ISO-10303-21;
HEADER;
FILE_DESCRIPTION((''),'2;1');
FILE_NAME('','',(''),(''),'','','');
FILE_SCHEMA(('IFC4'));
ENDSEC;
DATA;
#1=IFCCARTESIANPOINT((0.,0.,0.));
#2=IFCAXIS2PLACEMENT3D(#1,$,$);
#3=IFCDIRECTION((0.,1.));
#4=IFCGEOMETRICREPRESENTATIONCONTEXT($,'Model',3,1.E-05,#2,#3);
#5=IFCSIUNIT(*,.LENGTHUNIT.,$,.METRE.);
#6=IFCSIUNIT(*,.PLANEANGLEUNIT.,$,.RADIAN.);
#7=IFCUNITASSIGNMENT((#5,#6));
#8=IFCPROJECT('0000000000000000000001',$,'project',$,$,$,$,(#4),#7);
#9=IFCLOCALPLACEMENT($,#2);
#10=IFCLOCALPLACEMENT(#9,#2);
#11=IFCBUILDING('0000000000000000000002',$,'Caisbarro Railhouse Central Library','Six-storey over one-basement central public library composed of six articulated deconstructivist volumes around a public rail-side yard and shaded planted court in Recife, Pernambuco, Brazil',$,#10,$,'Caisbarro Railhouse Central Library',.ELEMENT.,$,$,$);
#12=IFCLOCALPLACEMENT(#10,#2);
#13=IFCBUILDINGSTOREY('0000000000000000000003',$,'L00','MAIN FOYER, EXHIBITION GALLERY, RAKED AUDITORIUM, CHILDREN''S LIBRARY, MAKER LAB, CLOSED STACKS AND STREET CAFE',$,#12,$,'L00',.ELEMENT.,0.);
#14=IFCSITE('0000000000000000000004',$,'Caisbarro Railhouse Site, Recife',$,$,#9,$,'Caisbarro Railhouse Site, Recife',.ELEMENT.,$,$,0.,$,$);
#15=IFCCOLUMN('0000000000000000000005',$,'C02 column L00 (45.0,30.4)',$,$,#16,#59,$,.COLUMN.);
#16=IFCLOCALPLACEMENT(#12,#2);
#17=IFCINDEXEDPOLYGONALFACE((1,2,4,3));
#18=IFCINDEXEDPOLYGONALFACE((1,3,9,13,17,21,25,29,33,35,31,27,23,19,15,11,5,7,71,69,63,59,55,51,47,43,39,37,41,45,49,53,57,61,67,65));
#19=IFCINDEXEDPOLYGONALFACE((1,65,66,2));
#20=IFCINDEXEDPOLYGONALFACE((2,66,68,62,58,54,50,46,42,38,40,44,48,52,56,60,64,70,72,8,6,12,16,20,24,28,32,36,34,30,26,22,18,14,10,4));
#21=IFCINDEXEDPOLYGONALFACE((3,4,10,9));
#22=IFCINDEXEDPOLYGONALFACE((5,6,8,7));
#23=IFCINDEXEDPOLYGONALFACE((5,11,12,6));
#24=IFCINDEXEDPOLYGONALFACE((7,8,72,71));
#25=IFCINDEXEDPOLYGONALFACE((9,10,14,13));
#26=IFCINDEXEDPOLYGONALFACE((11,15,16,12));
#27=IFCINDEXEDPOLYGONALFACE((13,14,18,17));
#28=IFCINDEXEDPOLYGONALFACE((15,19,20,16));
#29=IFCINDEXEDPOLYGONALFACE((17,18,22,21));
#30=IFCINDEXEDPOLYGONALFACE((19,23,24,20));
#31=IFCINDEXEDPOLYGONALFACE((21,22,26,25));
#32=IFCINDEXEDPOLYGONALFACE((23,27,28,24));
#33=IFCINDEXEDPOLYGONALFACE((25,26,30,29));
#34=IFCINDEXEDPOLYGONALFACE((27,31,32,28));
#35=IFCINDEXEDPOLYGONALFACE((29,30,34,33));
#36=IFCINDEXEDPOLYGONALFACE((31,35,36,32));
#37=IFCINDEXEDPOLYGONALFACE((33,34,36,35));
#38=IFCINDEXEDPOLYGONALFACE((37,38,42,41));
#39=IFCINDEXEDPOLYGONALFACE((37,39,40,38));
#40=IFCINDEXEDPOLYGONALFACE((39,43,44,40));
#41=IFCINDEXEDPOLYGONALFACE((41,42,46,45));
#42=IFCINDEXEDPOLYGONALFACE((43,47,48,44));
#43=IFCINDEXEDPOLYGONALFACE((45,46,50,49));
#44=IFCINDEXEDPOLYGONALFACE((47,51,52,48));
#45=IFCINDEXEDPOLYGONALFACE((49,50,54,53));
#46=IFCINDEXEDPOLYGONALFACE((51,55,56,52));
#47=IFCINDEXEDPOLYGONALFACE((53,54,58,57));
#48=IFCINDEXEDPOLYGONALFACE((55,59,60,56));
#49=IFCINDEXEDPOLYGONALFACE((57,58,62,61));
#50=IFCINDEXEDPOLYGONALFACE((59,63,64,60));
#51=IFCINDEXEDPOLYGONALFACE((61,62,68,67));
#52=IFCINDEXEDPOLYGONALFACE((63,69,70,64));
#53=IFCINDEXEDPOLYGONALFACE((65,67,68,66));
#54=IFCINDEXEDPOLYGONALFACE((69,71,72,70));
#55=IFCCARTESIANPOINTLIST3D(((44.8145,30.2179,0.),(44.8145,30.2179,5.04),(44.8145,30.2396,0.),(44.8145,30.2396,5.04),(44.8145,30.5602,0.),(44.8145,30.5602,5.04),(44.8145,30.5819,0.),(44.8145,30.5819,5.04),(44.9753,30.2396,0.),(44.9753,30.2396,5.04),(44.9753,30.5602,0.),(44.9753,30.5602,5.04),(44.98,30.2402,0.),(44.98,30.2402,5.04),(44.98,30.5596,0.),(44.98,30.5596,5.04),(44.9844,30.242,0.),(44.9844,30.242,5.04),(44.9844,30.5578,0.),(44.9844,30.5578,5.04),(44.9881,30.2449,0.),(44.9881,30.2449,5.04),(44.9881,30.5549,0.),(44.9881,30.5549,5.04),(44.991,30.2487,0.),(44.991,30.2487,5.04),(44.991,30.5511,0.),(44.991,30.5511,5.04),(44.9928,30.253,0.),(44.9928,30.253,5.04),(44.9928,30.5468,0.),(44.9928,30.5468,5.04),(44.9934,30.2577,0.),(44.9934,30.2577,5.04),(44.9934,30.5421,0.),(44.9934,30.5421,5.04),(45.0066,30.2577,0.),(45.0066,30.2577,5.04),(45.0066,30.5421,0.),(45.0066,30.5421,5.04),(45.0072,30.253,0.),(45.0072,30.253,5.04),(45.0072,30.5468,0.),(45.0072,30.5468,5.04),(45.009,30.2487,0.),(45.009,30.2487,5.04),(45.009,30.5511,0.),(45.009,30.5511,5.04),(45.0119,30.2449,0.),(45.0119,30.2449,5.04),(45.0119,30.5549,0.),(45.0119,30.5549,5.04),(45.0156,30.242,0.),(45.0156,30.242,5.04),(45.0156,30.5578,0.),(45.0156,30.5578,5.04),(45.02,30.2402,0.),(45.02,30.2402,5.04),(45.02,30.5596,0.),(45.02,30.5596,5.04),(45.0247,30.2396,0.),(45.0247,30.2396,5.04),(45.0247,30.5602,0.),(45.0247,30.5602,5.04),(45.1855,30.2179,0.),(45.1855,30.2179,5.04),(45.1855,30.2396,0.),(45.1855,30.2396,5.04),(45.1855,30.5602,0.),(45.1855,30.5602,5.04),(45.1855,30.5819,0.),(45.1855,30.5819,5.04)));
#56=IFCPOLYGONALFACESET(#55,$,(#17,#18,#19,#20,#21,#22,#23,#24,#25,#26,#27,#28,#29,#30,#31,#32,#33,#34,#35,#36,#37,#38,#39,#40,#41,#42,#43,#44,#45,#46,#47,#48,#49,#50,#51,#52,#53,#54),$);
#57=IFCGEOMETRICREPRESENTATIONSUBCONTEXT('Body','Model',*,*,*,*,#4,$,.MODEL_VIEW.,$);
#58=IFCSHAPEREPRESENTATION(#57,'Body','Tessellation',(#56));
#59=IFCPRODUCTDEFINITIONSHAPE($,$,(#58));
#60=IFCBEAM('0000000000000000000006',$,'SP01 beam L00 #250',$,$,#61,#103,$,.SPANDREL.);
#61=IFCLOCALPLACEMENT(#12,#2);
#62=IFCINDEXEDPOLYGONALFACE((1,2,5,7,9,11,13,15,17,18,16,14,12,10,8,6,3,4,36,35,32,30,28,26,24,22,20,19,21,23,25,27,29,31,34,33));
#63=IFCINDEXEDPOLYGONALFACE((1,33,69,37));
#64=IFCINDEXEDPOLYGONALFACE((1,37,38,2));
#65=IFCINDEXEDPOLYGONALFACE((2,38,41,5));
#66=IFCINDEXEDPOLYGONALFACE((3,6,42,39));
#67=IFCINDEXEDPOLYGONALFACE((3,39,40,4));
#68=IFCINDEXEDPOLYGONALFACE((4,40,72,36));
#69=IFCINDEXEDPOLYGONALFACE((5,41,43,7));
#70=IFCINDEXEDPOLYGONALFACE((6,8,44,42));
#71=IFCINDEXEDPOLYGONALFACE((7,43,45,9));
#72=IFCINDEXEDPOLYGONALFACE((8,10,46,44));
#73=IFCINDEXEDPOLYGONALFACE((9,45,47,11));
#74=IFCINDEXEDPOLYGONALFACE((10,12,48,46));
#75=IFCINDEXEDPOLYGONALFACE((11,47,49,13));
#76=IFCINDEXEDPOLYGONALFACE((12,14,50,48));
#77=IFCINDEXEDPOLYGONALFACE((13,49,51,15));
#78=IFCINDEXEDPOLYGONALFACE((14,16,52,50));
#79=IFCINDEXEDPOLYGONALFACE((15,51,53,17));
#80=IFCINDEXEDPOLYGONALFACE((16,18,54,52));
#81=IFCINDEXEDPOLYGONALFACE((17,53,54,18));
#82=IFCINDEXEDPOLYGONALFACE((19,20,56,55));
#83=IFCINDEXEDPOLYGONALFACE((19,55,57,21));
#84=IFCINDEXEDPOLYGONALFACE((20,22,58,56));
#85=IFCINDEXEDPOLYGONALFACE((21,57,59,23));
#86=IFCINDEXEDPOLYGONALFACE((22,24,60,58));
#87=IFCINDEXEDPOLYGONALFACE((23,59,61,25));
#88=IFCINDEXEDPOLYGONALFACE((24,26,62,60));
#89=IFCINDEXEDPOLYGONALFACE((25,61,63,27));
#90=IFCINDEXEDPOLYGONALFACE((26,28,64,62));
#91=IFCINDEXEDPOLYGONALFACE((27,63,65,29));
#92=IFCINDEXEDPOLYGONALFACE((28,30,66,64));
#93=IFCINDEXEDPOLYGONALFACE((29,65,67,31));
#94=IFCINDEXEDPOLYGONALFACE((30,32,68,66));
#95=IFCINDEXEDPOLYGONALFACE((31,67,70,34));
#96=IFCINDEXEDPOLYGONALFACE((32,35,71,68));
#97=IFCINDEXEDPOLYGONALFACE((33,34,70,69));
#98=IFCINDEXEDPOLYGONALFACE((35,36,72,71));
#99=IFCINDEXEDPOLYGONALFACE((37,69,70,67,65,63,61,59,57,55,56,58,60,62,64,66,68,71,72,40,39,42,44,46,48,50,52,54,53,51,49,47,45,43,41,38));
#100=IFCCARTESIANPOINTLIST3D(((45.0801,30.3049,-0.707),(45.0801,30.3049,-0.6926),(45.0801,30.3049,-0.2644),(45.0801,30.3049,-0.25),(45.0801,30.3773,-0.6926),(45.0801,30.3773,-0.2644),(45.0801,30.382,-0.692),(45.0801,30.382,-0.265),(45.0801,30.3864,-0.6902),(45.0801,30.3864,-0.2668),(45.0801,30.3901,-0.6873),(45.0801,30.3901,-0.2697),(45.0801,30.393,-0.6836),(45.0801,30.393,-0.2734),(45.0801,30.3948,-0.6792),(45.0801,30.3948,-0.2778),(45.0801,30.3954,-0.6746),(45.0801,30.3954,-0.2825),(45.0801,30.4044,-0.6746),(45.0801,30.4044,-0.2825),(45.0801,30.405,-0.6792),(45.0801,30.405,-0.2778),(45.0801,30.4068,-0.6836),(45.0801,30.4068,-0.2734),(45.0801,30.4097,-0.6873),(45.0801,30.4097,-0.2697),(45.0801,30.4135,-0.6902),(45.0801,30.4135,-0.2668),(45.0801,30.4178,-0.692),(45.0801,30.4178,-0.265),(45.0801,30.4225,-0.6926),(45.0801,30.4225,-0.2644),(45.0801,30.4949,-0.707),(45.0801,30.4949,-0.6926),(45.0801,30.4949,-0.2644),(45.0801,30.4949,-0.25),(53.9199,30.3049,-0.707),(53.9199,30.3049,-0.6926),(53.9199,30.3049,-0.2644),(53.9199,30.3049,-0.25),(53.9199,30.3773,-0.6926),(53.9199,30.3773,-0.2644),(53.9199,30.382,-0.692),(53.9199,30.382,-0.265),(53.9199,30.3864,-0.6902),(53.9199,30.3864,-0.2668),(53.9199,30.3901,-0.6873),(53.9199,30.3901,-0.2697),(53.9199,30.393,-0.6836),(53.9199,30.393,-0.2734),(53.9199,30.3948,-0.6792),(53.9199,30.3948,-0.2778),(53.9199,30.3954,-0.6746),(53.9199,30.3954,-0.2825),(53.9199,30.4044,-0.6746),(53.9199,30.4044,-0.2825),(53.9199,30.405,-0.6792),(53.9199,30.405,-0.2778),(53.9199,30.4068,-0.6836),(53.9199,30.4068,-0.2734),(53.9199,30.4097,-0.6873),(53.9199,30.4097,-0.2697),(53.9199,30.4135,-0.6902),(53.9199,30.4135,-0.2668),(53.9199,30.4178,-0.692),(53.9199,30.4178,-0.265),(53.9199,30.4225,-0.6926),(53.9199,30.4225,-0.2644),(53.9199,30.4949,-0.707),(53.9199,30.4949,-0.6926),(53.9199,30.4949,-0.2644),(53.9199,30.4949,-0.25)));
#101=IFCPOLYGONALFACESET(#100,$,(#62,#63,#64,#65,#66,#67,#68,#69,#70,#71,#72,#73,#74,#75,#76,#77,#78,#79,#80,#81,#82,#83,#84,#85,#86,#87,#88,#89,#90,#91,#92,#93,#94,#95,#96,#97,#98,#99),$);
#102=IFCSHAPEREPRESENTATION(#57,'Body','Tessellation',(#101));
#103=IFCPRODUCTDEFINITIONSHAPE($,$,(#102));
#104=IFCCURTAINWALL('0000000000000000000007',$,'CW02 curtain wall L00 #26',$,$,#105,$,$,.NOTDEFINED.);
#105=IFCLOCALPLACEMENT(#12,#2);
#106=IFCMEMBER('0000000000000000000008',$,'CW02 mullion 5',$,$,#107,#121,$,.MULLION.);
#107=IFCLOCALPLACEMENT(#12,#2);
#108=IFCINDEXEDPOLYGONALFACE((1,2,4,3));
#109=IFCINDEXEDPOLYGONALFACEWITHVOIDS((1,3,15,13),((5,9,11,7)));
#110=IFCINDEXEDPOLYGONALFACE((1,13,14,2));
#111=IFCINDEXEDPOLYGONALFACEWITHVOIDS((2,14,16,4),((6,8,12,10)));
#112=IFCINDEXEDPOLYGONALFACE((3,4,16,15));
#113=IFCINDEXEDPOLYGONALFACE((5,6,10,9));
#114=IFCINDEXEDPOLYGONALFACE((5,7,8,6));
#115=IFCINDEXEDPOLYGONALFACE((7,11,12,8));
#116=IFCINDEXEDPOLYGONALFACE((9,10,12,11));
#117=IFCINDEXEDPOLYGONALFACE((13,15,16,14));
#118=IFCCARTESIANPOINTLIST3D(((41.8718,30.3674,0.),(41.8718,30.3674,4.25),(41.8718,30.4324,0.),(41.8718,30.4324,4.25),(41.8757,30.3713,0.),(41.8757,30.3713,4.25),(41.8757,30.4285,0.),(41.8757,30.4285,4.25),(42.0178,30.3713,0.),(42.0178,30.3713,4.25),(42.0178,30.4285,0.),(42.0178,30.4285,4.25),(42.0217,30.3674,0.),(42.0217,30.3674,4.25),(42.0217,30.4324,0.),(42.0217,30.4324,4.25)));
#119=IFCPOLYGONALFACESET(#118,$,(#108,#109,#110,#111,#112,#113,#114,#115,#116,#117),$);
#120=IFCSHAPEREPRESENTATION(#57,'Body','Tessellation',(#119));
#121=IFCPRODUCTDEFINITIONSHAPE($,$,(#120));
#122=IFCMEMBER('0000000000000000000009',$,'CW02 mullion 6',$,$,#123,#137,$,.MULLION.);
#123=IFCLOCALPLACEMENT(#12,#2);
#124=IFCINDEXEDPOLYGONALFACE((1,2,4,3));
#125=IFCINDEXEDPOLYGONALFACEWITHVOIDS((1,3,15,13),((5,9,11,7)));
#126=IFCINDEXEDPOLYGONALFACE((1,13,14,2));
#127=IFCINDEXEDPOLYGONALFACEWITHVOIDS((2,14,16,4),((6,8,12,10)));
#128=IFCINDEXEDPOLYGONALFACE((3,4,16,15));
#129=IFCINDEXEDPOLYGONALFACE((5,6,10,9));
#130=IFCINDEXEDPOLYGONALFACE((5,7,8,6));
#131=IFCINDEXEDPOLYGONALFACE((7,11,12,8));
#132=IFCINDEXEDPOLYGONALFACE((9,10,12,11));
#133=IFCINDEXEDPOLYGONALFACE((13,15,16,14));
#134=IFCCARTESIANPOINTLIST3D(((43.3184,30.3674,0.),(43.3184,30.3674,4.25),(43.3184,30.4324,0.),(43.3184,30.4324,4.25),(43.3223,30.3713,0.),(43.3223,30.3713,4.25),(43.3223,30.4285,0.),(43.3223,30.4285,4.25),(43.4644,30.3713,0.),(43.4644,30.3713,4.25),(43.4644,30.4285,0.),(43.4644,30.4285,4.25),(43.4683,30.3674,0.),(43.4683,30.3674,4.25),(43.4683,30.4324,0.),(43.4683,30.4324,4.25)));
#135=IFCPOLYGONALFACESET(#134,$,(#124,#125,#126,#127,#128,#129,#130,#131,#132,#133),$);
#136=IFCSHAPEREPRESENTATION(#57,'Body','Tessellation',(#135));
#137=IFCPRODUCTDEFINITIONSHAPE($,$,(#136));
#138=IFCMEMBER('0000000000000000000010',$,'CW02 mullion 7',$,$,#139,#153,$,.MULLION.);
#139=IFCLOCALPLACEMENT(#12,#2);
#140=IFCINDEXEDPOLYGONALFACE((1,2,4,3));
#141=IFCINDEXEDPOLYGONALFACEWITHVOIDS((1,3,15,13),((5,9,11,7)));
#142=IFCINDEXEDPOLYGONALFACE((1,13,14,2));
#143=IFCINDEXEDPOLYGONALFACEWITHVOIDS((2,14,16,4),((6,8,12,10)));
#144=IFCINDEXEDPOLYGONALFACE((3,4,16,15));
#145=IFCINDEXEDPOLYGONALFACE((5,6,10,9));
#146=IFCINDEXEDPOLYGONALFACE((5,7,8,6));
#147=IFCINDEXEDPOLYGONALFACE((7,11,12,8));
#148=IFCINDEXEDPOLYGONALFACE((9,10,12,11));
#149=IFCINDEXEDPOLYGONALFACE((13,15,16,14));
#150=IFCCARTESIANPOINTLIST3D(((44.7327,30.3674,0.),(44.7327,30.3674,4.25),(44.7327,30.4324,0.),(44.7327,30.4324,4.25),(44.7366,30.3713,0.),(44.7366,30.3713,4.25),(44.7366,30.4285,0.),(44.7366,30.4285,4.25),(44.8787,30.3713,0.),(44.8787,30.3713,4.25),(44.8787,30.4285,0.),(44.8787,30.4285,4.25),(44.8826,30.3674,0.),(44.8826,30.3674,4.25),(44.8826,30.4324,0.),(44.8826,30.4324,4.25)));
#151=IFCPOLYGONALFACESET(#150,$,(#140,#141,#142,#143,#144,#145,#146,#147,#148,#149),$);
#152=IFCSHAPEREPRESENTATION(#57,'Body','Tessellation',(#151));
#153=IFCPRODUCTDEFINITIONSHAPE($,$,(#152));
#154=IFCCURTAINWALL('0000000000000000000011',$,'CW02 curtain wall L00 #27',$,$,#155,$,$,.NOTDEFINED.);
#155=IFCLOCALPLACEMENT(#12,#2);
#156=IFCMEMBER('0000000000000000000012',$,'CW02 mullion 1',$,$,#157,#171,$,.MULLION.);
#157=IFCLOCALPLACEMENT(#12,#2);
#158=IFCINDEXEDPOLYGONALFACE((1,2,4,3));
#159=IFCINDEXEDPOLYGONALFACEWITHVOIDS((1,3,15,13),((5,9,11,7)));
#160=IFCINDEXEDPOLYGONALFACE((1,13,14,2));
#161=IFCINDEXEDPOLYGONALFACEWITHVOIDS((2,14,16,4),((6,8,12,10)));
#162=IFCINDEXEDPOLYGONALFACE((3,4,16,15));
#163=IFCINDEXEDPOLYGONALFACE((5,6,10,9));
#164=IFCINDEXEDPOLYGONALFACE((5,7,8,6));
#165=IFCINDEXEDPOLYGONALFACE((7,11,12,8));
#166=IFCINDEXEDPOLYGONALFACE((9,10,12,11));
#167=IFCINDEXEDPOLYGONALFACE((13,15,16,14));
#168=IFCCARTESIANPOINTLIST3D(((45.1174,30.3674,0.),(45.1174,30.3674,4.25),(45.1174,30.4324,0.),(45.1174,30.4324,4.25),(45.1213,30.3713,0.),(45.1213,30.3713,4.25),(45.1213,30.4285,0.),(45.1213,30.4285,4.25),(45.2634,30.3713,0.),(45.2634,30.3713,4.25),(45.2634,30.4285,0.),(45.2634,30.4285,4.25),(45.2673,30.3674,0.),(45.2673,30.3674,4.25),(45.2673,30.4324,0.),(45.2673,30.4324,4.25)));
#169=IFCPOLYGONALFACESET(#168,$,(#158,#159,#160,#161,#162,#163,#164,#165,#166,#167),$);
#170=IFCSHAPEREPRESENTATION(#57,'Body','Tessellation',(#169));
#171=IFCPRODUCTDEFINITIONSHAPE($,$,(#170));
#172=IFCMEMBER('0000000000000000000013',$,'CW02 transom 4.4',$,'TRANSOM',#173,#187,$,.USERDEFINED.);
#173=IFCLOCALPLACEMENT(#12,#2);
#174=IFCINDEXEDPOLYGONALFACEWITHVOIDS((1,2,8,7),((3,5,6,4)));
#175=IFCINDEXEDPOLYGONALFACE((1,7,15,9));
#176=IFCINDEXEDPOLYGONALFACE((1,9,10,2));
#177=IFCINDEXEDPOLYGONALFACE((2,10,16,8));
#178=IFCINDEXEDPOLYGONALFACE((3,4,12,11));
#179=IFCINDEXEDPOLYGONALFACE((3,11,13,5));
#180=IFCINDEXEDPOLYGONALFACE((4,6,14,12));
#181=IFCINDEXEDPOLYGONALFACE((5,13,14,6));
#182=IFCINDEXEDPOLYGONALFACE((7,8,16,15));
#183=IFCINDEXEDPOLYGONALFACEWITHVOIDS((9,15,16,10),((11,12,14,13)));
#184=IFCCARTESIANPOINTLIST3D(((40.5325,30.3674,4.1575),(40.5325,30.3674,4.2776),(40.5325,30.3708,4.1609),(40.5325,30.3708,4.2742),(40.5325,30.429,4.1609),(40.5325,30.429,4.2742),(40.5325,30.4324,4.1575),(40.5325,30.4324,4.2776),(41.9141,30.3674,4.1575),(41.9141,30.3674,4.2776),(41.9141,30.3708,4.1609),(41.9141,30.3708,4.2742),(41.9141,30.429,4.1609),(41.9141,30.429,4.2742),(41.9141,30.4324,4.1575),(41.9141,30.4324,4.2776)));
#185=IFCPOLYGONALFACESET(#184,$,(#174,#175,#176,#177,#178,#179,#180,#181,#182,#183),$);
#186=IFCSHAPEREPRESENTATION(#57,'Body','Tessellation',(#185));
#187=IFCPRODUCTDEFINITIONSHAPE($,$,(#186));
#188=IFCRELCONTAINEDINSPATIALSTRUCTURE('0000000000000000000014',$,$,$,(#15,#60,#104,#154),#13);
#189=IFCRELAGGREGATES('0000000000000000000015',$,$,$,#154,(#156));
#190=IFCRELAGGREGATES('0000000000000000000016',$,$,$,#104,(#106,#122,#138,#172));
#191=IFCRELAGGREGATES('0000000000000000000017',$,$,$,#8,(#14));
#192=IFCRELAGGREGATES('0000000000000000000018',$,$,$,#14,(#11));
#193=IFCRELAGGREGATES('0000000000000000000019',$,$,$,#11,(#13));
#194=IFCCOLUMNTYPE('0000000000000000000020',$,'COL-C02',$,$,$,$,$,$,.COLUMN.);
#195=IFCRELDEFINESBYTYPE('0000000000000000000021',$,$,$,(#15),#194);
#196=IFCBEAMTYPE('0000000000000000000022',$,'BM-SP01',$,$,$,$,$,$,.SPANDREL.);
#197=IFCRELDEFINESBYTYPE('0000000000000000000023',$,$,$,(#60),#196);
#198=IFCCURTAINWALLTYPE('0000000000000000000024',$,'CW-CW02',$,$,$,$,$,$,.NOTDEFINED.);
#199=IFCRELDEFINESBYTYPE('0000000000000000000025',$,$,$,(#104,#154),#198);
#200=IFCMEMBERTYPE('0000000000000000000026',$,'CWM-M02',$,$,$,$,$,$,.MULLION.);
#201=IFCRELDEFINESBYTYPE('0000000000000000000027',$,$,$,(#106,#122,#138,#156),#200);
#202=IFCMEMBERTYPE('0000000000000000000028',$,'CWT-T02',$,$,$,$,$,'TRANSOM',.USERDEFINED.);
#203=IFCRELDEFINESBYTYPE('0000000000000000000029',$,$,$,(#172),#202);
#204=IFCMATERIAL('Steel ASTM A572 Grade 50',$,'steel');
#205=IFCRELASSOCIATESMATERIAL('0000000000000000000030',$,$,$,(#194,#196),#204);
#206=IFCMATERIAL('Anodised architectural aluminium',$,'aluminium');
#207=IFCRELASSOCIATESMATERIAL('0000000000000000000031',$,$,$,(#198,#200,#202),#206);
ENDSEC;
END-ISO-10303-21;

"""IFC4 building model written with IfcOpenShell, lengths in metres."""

from ifc_helpers import new_model, si_unit, direction, frame, origin, origin_2d, place, context, subcontext, project, spatial, hollow_rectangle, i_section, extrude, material, material_profile, profile_set, type_object, element, aggregate, save


model = new_model("IFC4")

# Units and contexts
model_context = context("Model", 3, precision=1e-05, world=origin(), true_north=direction((0.0, 1.0)))
body_context = subcontext(model_context, "Body", "Model", "MODEL_VIEW")
ifc_project = project(units=[si_unit("LENGTHUNIT", "METRE"), si_unit("PLANEANGLEUNIT", "RADIAN")], contexts=[model_context])

# Site, building, storey
site_placement = place(None, origin())
site = spatial("IfcSite", under=ifc_project, at=site_placement, Name="Caisbarro Railhouse Site, Recife", LongName="Caisbarro Railhouse Site, Recife", CompositionType="ELEMENT", RefElevation=0.0)
building_placement = place(site_placement, origin())
building = spatial("IfcBuilding", under=site, at=building_placement, Name="Caisbarro Railhouse Central Library", Description="Six-storey over one-basement central public library composed of six articulated deconstructivist volumes around a public rail-side yard and shaded planted court in Recife, Pernambuco, Brazil", LongName="Caisbarro Railhouse Central Library", CompositionType="ELEMENT")
storey_placement = place(building_placement, origin())
storey = spatial("IfcBuildingStorey", under=building, at=storey_placement, Name="L00", Description="MAIN FOYER, EXHIBITION GALLERY, RAKED AUDITORIUM, CHILDREN'S LIBRARY, MAKER LAB, CLOSED STACKS AND STREET CAFE", LongName="L00", CompositionType="ELEMENT", Elevation=0.0)

# Column
ifc_material_1 = material(Name="Steel ASTM A572 Grade 50", Category="steel")
ifc_material_profile_1 = material_profile(ifc_material_1, i_section(OverallWidth=0.3711, OverallDepth=0.364, WebThickness=0.0132, FlangeThickness=0.0217, FilletRadius=0.0181, at=origin_2d()), Name="W360X162.0")
ifc_profile_set_1 = profile_set([ifc_material_profile_1], Name="Steel ASTM A572 Grade 50")
column_type = type_object("IfcColumnType", Name="COL-C02", PredefinedType="COLUMN", material=ifc_profile_set_1)
column_placement = place(storey_placement, frame((45.0, 30.3999, 0.0), z_axis=(0.0, 0.0, 1.0), x_axis=(1.0, 0.0, 0.0)))
element("IfcColumn", 1, at=column_placement, inside=storey, type_object=column_type, Name="C02 column L00 (45.0,30.4)", PredefinedType="COLUMN", context=body_context, shape_type="SweptSolid", body=[
    extrude(i_section(OverallWidth=0.3711, OverallDepth=0.364, WebThickness=0.0132, FlangeThickness=0.0217, FilletRadius=0.0181, at=origin_2d()), origin(), (0.0, 0.0, 1.0), 5.04),
])

# Beam
ifc_material_profile_2 = material_profile(ifc_material_1, i_section(OverallWidth=0.1899, OverallDepth=0.457, WebThickness=0.009, FlangeThickness=0.0144, FilletRadius=0.0181, at=origin_2d()), Name="W460X74.0")
ifc_profile_set_2 = profile_set([ifc_material_profile_2], Name="Steel ASTM A572 Grade 50")
beam_type = type_object("IfcBeamType", Name="BM-SP01", PredefinedType="SPANDREL", material=ifc_profile_set_2)
beam_placement = place(storey_placement, frame((45.0801, 30.3999, -0.4785), z_axis=(1.0, 0.0, 0.0), x_axis=(0.0, 1.0, 0.0)))
element("IfcBeam", 2, at=beam_placement, inside=storey, type_object=beam_type, Name="SP01 beam L00 #250", PredefinedType="SPANDREL", context=body_context, shape_type="SweptSolid", body=[
    extrude(i_section(OverallWidth=0.1899, OverallDepth=0.457, WebThickness=0.009, FlangeThickness=0.0144, FilletRadius=0.0181, at=origin_2d()), origin(), (0.0, 0.0, 1.0), 8.8398),
])

# Curtain wall, members
ifc_material_2 = material(Name="Anodised architectural aluminium", Category="aluminium")
curtain_wall_type = type_object("IfcCurtainWallType", Name="CW-CW02", PredefinedType="NOTDEFINED", material=ifc_material_2)
curtain_wall_1_placement = place(storey_placement, origin())
curtain_wall_1 = element("IfcCurtainWall", 3, at=curtain_wall_1_placement, inside=storey, type_object=curtain_wall_type, Name="CW02 curtain wall L00 #26", PredefinedType="NOTDEFINED")
ifc_material_profile_3 = material_profile(ifc_material_2, hollow_rectangle(XDim=0.0649, YDim=0.1499, WallThickness=0.0039, at=origin_2d()), Name="ALU-MUL-65X150")
ifc_profile_set_3 = profile_set([ifc_material_profile_3], Name="Anodised architectural aluminium")
member_type_1 = type_object("IfcMemberType", Name="CWM-M02", PredefinedType="MULLION", material=ifc_profile_set_3)
member_1_placement = place(storey_placement, frame((41.9468, 30.3999, 0.0), z_axis=(0.0, 0.0, 1.0), x_axis=(0.0, 1.0, 0.0)))
member_1 = element("IfcMember", 4, at=member_1_placement, type_object=member_type_1, Name="CW02 mullion 5", PredefinedType="MULLION", context=body_context, shape_type="SweptSolid", body=[
    extrude(hollow_rectangle(XDim=0.0649, YDim=0.1499, WallThickness=0.0039, at=origin_2d()), origin(), (0.0, 0.0, 1.0), 4.25),
])
member_2_placement = place(storey_placement, frame((43.3933, 30.3999, 0.0), z_axis=(0.0, 0.0, 1.0), x_axis=(0.0, 1.0, 0.0)))
member_2 = element("IfcMember", 5, at=member_2_placement, type_object=member_type_1, Name="CW02 mullion 6", PredefinedType="MULLION", context=body_context, shape_type="SweptSolid", body=[
    extrude(hollow_rectangle(XDim=0.0649, YDim=0.1499, WallThickness=0.0039, at=origin_2d()), origin(), (0.0, 0.0, 1.0), 4.25),
])
member_3_placement = place(storey_placement, frame((44.8076, 30.3999, 0.0), z_axis=(0.0, 0.0, 1.0), x_axis=(0.0, 1.0, 0.0)))
member_3 = element("IfcMember", 6, at=member_3_placement, type_object=member_type_1, Name="CW02 mullion 7", PredefinedType="MULLION", context=body_context, shape_type="SweptSolid", body=[
    extrude(hollow_rectangle(XDim=0.0649, YDim=0.1499, WallThickness=0.0039, at=origin_2d()), origin(), (0.0, 0.0, 1.0), 4.25),
])

# Curtain wall, member
curtain_wall_2_placement = place(storey_placement, origin())
curtain_wall_2 = element("IfcCurtainWall", 7, at=curtain_wall_2_placement, inside=storey, type_object=curtain_wall_type, Name="CW02 curtain wall L00 #27", PredefinedType="NOTDEFINED")
member_4_placement = place(storey_placement, frame((45.1924, 30.3999, 0.0), z_axis=(0.0, 0.0, 1.0), x_axis=(0.0, 1.0, 0.0)))
member_4 = element("IfcMember", 8, at=member_4_placement, type_object=member_type_1, Name="CW02 mullion 1", PredefinedType="MULLION", context=body_context, shape_type="SweptSolid", body=[
    extrude(hollow_rectangle(XDim=0.0649, YDim=0.1499, WallThickness=0.0039, at=origin_2d()), origin(), (0.0, 0.0, 1.0), 4.25),
])

# Member
ifc_material_profile_4 = material_profile(ifc_material_2, hollow_rectangle(XDim=0.0649, YDim=0.1201, WallThickness=0.0034, at=origin_2d()), Name="ALU-TRN-65X120")
ifc_profile_set_4 = profile_set([ifc_material_profile_4], Name="Anodised architectural aluminium")
member_type_2 = type_object("IfcMemberType", Name="CWT-T02", ElementType="TRANSOM", PredefinedType="USERDEFINED", material=ifc_profile_set_4)
member_5_placement = place(storey_placement, frame((40.5325, 30.3999, 4.2175), z_axis=(1.0, 0.0, 0.0), x_axis=(0.0, 1.0, 0.0)))
member_5 = element("IfcMember", 9, at=member_5_placement, type_object=member_type_2, Name="CW02 transom 4.4", ObjectType="TRANSOM", PredefinedType="USERDEFINED", context=body_context, shape_type="SweptSolid", body=[
    extrude(hollow_rectangle(XDim=0.0649, YDim=0.1201, WallThickness=0.0034, at=origin_2d()), origin(), (0.0, 0.0, 1.0), 1.3816),
])
aggregate(curtain_wall_2, [member_4])

aggregate(curtain_wall_1, [member_1, member_2, member_3, member_5])

save(model, "model.ifc")
